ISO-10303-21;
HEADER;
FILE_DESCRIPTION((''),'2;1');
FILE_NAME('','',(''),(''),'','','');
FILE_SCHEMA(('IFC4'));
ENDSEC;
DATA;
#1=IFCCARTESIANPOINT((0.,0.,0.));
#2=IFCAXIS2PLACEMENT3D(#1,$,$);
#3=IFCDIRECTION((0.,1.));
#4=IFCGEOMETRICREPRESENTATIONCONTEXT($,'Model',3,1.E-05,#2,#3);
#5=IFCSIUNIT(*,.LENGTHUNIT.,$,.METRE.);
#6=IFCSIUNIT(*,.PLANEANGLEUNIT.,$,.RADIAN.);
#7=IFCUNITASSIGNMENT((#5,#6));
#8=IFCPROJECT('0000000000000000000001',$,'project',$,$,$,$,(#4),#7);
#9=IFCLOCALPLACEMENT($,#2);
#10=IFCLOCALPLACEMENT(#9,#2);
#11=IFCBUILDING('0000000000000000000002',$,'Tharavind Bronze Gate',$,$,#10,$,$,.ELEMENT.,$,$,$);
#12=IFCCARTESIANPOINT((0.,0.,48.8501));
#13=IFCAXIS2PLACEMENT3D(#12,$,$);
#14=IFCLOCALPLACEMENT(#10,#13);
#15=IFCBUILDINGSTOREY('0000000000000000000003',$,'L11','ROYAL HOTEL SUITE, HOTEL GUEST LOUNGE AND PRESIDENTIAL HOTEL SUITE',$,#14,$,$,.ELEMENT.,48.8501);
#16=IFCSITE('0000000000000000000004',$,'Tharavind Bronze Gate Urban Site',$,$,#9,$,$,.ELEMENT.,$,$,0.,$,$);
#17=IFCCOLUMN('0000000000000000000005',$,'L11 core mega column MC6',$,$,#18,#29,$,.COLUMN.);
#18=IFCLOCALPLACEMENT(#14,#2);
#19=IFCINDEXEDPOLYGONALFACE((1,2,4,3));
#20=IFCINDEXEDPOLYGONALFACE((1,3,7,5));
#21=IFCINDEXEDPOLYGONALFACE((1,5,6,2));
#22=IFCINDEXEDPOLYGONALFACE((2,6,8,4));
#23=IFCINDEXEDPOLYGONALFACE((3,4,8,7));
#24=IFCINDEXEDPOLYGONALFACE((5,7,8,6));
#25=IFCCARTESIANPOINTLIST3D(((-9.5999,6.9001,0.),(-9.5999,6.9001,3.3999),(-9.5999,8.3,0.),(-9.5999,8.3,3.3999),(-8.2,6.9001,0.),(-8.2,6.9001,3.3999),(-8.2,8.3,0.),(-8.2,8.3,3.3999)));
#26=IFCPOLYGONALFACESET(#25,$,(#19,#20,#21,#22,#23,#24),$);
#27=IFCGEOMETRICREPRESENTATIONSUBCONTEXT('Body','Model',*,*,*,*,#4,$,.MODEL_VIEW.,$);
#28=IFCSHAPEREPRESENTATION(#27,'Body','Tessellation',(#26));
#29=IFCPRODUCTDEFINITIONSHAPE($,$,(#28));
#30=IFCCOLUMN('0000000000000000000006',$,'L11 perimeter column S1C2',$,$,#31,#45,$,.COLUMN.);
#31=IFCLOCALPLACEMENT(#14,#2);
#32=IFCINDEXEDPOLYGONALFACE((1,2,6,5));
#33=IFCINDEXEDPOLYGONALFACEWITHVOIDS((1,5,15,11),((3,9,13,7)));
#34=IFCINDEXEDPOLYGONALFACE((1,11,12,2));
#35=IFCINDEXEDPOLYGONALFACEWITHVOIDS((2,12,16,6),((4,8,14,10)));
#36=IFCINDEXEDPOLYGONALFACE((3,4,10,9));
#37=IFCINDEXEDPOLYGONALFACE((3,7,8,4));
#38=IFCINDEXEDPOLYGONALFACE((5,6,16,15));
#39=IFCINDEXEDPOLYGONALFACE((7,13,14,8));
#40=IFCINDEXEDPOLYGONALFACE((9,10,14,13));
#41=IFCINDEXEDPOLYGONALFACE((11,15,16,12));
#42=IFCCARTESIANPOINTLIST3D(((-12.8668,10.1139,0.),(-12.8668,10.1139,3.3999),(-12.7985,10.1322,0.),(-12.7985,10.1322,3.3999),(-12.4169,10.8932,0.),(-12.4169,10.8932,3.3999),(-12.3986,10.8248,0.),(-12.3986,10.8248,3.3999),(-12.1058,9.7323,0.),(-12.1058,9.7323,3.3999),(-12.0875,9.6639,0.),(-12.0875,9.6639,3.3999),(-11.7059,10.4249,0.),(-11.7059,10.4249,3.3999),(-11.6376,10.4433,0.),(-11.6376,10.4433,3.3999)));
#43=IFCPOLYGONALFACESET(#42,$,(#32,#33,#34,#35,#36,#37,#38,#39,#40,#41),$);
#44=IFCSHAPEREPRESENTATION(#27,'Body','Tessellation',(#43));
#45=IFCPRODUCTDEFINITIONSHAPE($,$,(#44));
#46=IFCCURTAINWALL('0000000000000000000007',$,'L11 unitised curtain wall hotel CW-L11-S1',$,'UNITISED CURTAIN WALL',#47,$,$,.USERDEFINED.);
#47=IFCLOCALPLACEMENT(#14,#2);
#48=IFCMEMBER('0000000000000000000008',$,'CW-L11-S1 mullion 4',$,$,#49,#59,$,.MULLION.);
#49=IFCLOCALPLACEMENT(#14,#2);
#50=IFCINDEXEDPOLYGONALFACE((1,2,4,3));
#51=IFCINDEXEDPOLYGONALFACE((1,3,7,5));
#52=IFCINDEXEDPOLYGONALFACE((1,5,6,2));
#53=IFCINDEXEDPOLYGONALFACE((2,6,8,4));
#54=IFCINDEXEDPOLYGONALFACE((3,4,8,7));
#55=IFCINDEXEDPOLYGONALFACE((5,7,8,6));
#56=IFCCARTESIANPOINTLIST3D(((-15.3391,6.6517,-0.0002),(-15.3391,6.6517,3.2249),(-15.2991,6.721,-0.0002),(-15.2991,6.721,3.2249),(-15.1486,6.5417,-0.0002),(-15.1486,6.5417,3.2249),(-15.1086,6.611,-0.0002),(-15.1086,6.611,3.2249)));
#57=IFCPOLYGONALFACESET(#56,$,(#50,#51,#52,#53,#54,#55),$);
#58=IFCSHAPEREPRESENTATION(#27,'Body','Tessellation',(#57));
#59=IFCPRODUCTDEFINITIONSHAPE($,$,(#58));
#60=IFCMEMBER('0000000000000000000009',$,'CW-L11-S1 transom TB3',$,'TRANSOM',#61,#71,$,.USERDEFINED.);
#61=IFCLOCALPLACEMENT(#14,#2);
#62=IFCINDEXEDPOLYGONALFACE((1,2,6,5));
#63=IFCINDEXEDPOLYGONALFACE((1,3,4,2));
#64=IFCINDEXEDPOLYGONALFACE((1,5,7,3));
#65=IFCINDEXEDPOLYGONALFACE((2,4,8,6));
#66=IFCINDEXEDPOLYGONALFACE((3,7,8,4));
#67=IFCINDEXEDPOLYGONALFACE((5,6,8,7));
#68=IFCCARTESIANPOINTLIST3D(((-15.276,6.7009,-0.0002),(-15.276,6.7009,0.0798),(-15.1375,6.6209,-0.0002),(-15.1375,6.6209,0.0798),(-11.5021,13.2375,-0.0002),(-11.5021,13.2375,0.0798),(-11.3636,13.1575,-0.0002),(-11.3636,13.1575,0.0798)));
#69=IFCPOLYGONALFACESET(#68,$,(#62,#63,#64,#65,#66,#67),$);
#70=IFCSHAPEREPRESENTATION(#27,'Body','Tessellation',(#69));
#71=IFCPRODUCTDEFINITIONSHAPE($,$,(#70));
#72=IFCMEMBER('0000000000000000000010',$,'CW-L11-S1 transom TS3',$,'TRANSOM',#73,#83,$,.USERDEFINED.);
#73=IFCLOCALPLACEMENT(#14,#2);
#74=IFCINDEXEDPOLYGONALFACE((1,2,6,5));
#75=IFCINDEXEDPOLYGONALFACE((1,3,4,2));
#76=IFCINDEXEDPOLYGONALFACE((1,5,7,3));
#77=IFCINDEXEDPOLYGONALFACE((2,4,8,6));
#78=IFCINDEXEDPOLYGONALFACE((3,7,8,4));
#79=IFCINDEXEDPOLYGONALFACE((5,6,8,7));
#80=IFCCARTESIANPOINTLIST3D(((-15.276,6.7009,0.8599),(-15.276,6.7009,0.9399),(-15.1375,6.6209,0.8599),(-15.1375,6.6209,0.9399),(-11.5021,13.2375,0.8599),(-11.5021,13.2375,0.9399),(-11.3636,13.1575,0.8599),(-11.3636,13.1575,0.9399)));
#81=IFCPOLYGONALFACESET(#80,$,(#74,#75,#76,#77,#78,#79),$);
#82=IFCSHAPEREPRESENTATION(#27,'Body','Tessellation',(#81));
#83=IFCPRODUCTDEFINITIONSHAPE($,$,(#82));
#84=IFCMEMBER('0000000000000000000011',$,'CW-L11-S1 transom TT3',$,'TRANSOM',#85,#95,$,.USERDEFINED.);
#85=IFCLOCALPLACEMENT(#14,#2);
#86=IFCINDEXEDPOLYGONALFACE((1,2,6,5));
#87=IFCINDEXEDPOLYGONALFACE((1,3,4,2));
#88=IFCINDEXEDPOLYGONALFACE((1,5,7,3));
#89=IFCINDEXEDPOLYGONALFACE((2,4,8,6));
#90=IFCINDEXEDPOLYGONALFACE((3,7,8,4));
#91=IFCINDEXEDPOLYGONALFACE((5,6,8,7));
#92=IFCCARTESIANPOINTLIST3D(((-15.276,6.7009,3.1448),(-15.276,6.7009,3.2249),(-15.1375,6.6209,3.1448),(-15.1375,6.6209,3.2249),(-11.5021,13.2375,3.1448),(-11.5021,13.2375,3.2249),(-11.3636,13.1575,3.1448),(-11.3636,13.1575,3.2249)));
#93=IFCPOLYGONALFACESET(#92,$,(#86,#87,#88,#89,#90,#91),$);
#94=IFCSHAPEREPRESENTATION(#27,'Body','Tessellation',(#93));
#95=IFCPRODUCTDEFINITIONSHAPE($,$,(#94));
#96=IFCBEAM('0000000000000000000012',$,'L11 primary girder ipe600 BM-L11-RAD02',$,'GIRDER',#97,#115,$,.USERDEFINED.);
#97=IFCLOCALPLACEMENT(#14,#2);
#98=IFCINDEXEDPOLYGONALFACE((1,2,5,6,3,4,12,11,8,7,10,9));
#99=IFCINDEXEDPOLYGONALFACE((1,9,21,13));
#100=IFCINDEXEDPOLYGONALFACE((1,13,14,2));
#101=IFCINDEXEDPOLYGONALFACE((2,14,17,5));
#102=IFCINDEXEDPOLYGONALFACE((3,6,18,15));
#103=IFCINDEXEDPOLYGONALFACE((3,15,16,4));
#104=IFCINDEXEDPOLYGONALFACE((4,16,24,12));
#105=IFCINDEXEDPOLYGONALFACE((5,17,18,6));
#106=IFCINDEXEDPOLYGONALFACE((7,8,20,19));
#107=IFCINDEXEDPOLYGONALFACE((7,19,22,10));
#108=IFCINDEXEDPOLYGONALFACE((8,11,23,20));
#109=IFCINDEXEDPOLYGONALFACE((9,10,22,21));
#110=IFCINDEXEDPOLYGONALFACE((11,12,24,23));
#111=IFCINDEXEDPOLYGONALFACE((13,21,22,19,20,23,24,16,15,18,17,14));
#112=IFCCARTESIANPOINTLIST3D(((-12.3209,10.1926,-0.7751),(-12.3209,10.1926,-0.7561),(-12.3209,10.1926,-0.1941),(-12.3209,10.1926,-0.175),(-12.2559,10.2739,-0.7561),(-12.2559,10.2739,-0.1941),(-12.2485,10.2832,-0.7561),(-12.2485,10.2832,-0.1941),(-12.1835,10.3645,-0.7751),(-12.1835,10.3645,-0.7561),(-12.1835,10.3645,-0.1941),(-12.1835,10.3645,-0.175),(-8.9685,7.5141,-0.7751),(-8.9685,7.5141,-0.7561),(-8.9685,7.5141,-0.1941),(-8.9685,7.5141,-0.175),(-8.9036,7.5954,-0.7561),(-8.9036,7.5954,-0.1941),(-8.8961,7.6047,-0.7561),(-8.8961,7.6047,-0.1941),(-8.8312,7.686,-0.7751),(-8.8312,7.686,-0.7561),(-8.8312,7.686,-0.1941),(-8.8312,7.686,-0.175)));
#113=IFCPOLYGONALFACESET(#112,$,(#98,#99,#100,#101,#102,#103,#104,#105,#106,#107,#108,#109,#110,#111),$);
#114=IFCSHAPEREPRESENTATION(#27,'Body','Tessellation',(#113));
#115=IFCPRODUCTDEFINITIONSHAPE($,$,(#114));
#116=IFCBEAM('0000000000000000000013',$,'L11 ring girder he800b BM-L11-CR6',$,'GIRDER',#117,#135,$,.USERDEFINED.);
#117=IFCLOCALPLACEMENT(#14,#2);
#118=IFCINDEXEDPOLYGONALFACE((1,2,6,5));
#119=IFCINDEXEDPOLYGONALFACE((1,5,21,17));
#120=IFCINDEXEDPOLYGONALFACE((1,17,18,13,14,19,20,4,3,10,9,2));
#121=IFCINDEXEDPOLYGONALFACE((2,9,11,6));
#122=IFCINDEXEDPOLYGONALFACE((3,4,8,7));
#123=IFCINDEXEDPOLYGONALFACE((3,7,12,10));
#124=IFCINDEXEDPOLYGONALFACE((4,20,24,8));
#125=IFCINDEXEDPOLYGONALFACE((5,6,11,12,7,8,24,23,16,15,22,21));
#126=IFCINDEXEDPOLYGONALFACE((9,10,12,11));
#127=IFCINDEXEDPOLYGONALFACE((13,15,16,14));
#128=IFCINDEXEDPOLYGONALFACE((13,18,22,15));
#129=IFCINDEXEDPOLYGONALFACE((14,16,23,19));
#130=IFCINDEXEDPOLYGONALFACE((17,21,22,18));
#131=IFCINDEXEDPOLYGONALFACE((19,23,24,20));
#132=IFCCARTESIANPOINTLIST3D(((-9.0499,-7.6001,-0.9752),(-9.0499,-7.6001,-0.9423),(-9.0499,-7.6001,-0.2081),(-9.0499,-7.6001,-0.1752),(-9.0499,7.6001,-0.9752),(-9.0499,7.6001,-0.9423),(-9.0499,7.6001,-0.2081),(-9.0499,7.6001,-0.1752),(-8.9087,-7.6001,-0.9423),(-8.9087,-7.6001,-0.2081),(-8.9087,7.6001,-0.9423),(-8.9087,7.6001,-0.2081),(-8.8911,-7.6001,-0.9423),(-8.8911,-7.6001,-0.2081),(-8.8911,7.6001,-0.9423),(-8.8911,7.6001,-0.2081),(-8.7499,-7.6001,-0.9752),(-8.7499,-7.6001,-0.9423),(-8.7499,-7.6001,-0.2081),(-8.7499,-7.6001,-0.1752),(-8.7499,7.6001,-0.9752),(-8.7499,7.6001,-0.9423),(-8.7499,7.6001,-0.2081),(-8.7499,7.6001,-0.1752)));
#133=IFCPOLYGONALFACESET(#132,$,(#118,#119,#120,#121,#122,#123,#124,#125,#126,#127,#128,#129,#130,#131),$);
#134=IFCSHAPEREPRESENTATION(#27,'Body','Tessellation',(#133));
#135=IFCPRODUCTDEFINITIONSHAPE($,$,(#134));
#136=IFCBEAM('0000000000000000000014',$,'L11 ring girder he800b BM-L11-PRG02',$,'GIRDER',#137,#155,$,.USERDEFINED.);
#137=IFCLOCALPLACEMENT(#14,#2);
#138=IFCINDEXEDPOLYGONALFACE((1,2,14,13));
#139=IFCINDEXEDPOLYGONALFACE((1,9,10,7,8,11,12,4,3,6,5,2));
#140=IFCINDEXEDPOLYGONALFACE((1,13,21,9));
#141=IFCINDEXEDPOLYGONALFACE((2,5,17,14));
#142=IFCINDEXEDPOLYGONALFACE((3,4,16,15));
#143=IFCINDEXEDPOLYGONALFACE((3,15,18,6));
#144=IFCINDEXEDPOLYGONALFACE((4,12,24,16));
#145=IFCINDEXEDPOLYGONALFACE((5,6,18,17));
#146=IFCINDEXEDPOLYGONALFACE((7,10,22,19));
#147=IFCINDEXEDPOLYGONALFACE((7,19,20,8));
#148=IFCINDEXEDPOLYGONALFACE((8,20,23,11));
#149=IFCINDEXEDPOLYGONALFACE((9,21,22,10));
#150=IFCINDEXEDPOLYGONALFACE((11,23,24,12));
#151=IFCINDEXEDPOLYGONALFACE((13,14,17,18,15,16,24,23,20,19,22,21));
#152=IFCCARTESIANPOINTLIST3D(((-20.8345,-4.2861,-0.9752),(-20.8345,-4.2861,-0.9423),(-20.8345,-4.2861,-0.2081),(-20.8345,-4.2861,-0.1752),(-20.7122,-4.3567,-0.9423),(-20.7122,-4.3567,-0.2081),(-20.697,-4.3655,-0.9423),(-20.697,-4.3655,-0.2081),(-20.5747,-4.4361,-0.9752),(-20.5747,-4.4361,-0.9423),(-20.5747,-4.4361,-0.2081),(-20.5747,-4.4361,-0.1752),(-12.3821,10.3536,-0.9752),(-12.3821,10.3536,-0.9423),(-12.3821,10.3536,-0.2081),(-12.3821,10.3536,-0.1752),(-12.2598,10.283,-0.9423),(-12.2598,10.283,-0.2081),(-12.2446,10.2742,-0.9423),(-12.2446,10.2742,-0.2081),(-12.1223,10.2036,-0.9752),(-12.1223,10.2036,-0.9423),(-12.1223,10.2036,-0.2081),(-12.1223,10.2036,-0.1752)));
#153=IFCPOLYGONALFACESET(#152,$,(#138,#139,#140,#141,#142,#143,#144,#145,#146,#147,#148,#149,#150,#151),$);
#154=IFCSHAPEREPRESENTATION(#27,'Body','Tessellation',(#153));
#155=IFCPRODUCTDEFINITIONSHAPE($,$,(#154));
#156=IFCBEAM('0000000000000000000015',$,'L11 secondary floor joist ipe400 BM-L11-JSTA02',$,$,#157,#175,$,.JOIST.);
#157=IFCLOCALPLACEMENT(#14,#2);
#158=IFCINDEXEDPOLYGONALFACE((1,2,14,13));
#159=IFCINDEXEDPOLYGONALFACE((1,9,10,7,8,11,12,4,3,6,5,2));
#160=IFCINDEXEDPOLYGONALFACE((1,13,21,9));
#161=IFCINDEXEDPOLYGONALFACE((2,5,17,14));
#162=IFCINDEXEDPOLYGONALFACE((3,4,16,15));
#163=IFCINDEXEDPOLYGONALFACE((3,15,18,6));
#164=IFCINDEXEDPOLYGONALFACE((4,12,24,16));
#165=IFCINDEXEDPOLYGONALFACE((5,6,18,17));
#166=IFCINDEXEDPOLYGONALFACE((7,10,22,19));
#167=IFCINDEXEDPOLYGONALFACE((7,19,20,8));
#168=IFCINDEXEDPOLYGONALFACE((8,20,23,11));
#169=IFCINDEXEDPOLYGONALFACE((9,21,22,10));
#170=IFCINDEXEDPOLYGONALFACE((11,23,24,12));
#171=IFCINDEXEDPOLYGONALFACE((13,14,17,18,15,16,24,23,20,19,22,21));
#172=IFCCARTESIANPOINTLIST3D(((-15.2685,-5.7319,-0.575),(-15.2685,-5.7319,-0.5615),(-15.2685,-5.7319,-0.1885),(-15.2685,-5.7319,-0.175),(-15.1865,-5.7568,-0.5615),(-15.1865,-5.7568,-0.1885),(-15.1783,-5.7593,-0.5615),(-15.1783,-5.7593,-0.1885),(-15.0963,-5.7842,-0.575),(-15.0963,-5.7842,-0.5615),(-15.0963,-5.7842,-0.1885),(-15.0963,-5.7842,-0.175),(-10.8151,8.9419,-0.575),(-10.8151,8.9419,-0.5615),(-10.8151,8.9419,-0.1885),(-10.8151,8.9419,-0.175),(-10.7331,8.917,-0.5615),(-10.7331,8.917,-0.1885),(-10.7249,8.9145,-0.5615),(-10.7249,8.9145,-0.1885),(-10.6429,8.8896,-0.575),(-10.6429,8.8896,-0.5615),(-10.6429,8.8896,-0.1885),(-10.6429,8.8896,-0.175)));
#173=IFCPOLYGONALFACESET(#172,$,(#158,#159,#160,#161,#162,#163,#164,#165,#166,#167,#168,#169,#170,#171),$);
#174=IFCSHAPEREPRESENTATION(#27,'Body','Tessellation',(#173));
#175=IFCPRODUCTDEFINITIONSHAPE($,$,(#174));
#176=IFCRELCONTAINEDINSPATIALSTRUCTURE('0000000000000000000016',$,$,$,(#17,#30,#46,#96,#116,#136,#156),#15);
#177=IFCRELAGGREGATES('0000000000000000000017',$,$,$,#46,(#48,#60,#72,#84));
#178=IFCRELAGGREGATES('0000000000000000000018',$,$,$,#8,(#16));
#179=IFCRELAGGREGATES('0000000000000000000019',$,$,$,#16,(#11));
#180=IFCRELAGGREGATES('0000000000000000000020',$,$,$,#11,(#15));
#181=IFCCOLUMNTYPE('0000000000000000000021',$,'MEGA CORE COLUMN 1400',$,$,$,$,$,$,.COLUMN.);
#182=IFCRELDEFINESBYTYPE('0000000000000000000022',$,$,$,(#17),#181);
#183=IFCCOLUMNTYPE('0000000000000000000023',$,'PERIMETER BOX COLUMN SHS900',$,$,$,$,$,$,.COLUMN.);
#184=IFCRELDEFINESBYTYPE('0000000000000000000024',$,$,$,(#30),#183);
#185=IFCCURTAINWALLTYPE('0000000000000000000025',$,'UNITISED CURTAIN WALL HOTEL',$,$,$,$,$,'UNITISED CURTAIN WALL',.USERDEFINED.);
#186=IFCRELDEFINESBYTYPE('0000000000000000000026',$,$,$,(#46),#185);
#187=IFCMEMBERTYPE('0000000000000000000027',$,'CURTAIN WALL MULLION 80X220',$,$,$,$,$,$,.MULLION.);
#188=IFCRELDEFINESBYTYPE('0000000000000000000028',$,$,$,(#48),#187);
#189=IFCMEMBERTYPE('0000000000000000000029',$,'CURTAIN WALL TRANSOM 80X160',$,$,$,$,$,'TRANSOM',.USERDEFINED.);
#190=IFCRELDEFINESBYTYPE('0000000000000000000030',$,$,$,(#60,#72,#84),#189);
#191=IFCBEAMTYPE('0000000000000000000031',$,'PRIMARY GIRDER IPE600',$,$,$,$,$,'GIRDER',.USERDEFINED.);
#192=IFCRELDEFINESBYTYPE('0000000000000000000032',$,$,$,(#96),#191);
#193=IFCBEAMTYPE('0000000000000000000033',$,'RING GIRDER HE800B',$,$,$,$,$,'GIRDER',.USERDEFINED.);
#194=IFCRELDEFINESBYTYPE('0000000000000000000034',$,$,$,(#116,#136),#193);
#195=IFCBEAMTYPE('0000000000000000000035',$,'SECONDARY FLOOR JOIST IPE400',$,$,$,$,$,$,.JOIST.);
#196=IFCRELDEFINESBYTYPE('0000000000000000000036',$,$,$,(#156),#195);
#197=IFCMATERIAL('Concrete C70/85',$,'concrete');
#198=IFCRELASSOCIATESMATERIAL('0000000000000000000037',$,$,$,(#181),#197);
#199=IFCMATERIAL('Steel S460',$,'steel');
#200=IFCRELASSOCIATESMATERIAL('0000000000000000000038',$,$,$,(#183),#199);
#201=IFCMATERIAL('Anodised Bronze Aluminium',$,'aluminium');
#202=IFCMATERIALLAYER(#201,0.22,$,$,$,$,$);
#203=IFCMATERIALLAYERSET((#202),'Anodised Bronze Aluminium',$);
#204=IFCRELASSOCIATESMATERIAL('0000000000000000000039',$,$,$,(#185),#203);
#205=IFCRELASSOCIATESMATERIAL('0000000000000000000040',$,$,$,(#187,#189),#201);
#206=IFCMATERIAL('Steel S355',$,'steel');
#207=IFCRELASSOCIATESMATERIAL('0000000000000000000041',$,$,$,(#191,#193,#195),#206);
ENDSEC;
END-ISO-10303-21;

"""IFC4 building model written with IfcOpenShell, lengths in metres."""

from ifc_helpers import new_model, si_unit, direction, frame, origin, origin_2d, place, context, subcontext, project, spatial, rectangle, hollow_rectangle, i_section, extrude, material, layer, layer_set, material_profile, profile_set, type_object, element, aggregate, save


model = new_model("IFC4")

# Units and contexts
model_context = context("Model", 3, precision=1e-05, world=origin(), true_north=direction((0.0, 1.0)))
body_context = subcontext(model_context, "Body", "Model", "MODEL_VIEW")
ifc_project = project(units=[si_unit("LENGTHUNIT", "METRE"), si_unit("PLANEANGLEUNIT", "RADIAN")], contexts=[model_context])

# Site, building, storey
site_placement = place(None, origin())
site = spatial("IfcSite", under=ifc_project, at=site_placement, Name="Tharavind Bronze Gate Urban Site", CompositionType="ELEMENT", RefElevation=0.0)
building_placement = place(site_placement, origin())
building = spatial("IfcBuilding", under=site, at=building_placement, Name="Tharavind Bronze Gate", CompositionType="ELEMENT")
storey_placement = place(building_placement, frame((0.0, 0.0, 48.8501)))
storey = spatial("IfcBuildingStorey", under=building, at=storey_placement, Name="L11", Description="ROYAL HOTEL SUITE, HOTEL GUEST LOUNGE AND PRESIDENTIAL HOTEL SUITE", CompositionType="ELEMENT", Elevation=48.8501)

# Columns
ifc_material_1 = material(Name="Concrete C70/85", Category="concrete")
ifc_material_profile_1 = material_profile(ifc_material_1, rectangle(XDim=1.3999, YDim=1.3999, at=origin_2d()), Name="RCCOL1400")
ifc_profile_set_1 = profile_set([ifc_material_profile_1], Name="Concrete C70/85")
column_type_1 = type_object("IfcColumnType", Name="MEGA CORE COLUMN 1400", PredefinedType="COLUMN", material=ifc_profile_set_1)
column_1_placement = place(storey_placement, frame((-8.8999, 7.6001, 0.0), z_axis=(0.0, 0.0, 1.0), x_axis=(1.0, 0.0, 0.0)))
element("IfcColumn", 1, at=column_1_placement, inside=storey, type_object=column_type_1, Name="L11 core mega column MC6", PredefinedType="COLUMN", context=body_context, shape_type="SweptSolid", body=[
    extrude(rectangle(XDim=1.3999, YDim=1.3999, at=origin_2d()), origin(), (0.0, 0.0, 1.0), 3.3999),
])
ifc_material_2 = material(Name="Steel S460", Category="steel")
ifc_material_profile_2 = material_profile(ifc_material_2, hollow_rectangle(XDim=0.8999, YDim=0.8999, WallThickness=0.05, at=origin_2d()), Name="SHS900X50")
ifc_profile_set_2 = profile_set([ifc_material_profile_2], Name="Steel S460")
column_type_2 = type_object("IfcColumnType", Name="PERIMETER BOX COLUMN SHS900", PredefinedType="COLUMN", material=ifc_profile_set_2)
column_2_placement = place(storey_placement, frame((-12.2522, 10.2786, 0.0), z_axis=(0.0, 0.0, 1.0), x_axis=(0.500002, 0.866025, 0.0)))
element("IfcColumn", 2, at=column_2_placement, inside=storey, type_object=column_type_2, Name="L11 perimeter column S1C2", PredefinedType="COLUMN", context=body_context, shape_type="SweptSolid", body=[
    extrude(hollow_rectangle(XDim=0.8999, YDim=0.8999, WallThickness=0.05, at=origin_2d()), origin(), (0.0, 0.0, 1.0), 3.3999),
])

# Curtain wall, members
ifc_material_3 = material(Name="Anodised Bronze Aluminium", Category="aluminium")
ifc_layer_1 = layer(ifc_material_3, 0.22)
ifc_layer_set_1 = layer_set([ifc_layer_1], Name="Anodised Bronze Aluminium")
curtain_wall_type = type_object("IfcCurtainWallType", Name="UNITISED CURTAIN WALL HOTEL", ElementType="UNITISED CURTAIN WALL", PredefinedType="USERDEFINED", material=ifc_layer_set_1)
curtain_wall_placement = place(storey_placement, origin())
curtain_wall = element("IfcCurtainWall", 3, at=curtain_wall_placement, inside=storey, type_object=curtain_wall_type, Name="L11 unitised curtain wall hotel CW-L11-S1", ObjectType="UNITISED CURTAIN WALL", PredefinedType="USERDEFINED")
member_type_1 = type_object("IfcMemberType", Name="CURTAIN WALL MULLION 80X220", PredefinedType="MULLION", material=ifc_material_3)
member_1_placement = place(storey_placement, frame((-15.2239, 6.6313, -0.0002), z_axis=(0.0, 0.0, 1.0), x_axis=(-0.500002, -0.866025, 0.0)))
member_1 = element("IfcMember", 4, at=member_1_placement, type_object=member_type_1, Name="CW-L11-S1 mullion 4", PredefinedType="MULLION", context=body_context, shape_type="SweptSolid", body=[
    extrude(rectangle(XDim=0.0801, YDim=0.22, at=origin_2d()), origin(), (0.0, 0.0, 1.0), 3.2251),
])
member_type_2 = type_object("IfcMemberType", Name="CURTAIN WALL TRANSOM 80X160", ElementType="TRANSOM", PredefinedType="USERDEFINED", material=ifc_material_3)
member_2_placement = place(storey_placement, frame((-13.3198, 9.9292, -0.0002), z_axis=(0.0, 0.0, 1.0), x_axis=(-0.500002, -0.866025, 0.0)))
member_2 = element("IfcMember", 5, at=member_2_placement, type_object=member_type_2, Name="CW-L11-S1 transom TB3", ObjectType="TRANSOM", PredefinedType="USERDEFINED", context=body_context, shape_type="SweptSolid", body=[
    extrude(rectangle(XDim=7.5479, YDim=0.1599, at=origin_2d()), origin(), (0.0, 0.0, 1.0), 0.0801),
])
member_3_placement = place(storey_placement, frame((-13.3198, 9.9292, 0.8599), z_axis=(0.0, 0.0, 1.0), x_axis=(-0.500002, -0.866025, 0.0)))
member_3 = element("IfcMember", 6, at=member_3_placement, type_object=member_type_2, Name="CW-L11-S1 transom TS3", ObjectType="TRANSOM", PredefinedType="USERDEFINED", context=body_context, shape_type="SweptSolid", body=[
    extrude(rectangle(XDim=7.5479, YDim=0.1599, at=origin_2d()), origin(), (0.0, 0.0, 1.0), 0.0801),
])
member_4_placement = place(storey_placement, frame((-13.3198, 9.9292, 3.1448), z_axis=(0.0, 0.0, 1.0), x_axis=(-0.500002, -0.866025, 0.0)))
member_4 = element("IfcMember", 7, at=member_4_placement, type_object=member_type_2, Name="CW-L11-S1 transom TT3", ObjectType="TRANSOM", PredefinedType="USERDEFINED", context=body_context, shape_type="SweptSolid", body=[
    extrude(rectangle(XDim=7.5479, YDim=0.1599, at=origin_2d()), origin(), (0.0, 0.0, 1.0), 0.0801),
])

# Beams
ifc_material_4 = material(Name="Steel S355", Category="steel")
ifc_material_profile_3 = material_profile(ifc_material_4, i_section(OverallWidth=0.22, OverallDepth=0.6001, WebThickness=0.012, FlangeThickness=0.019, at=origin_2d()), Name="IPE600")
ifc_profile_set_3 = profile_set([ifc_material_profile_3], Name="Steel S355")
beam_type_1 = type_object("IfcBeamType", Name="PRIMARY GIRDER IPE600", ElementType="GIRDER", PredefinedType="USERDEFINED", material=ifc_profile_set_3)
beam_1_placement = place(storey_placement, frame((-12.2522, 10.2786, -0.4751), z_axis=(0.781252, -0.624216, 0.0), x_axis=(0.624216, 0.781252, 0.0)))
element("IfcBeam", 8, at=beam_1_placement, inside=storey, type_object=beam_type_1, Name="L11 primary girder ipe600 BM-L11-RAD02", ObjectType="GIRDER", PredefinedType="USERDEFINED", context=body_context, shape_type="SweptSolid", body=[
    extrude(i_section(OverallWidth=0.22, OverallDepth=0.6001, WebThickness=0.012, FlangeThickness=0.019, at=origin_2d()), origin(), (0.0, 0.0, 1.0), 4.291),
])
ifc_material_profile_4 = material_profile(ifc_material_4, i_section(OverallWidth=0.3, OverallDepth=0.8, WebThickness=0.0176, FlangeThickness=0.033, at=origin_2d()), Name="HE800B")
ifc_profile_set_4 = profile_set([ifc_material_profile_4], Name="Steel S355")
beam_type_2 = type_object("IfcBeamType", Name="RING GIRDER HE800B", ElementType="GIRDER", PredefinedType="USERDEFINED", material=ifc_profile_set_4)
beam_2_placement = place(storey_placement, frame((-8.8999, 7.6001, -0.5752), z_axis=(0.0, -1.0, 0.0), x_axis=(1.0, 0.0, 0.0)))
element("IfcBeam", 9, at=beam_2_placement, inside=storey, type_object=beam_type_2, Name="L11 ring girder he800b BM-L11-CR6", ObjectType="GIRDER", PredefinedType="USERDEFINED", context=body_context, shape_type="SweptSolid", body=[
    extrude(i_section(OverallWidth=0.3, OverallDepth=0.8, WebThickness=0.0176, FlangeThickness=0.033, at=origin_2d()), origin(), (0.0, 0.0, 1.0), 15.2002),
])
beam_3_placement = place(storey_placement, frame((-12.2522, 10.2786, -0.5752), z_axis=(-0.500008, -0.866021, 0.0), x_axis=(0.866021, -0.500008, 0.0)))
element("IfcBeam", 10, at=beam_3_placement, inside=storey, type_object=beam_type_2, Name="L11 ring girder he800b BM-L11-PRG02", ObjectType="GIRDER", PredefinedType="USERDEFINED", context=body_context, shape_type="SweptSolid", body=[
    extrude(i_section(OverallWidth=0.3, OverallDepth=0.8, WebThickness=0.0176, FlangeThickness=0.033, at=origin_2d()), origin(), (0.0, 0.0, 1.0), 16.9045),
])
ifc_material_profile_5 = material_profile(ifc_material_4, i_section(OverallWidth=0.1799, OverallDepth=0.3999, WebThickness=0.0085, FlangeThickness=0.0134, at=origin_2d()), Name="IPE400")
ifc_profile_set_5 = profile_set([ifc_material_profile_5], Name="Steel S355")
beam_type_3 = type_object("IfcBeamType", Name="SECONDARY FLOOR JOIST IPE400", PredefinedType="JOIST", material=ifc_profile_set_5)
beam_4_placement = place(storey_placement, frame((-10.729, 8.9158, -0.375), z_axis=(-0.290411, -0.956902, 0.0), x_axis=(0.956902, -0.290411, 0.0)))
element("IfcBeam", 11, at=beam_4_placement, inside=storey, type_object=beam_type_3, Name="L11 secondary floor joist ipe400 BM-L11-JSTA02", PredefinedType="JOIST", context=body_context, shape_type="SweptSolid", body=[
    extrude(i_section(OverallWidth=0.1799, OverallDepth=0.3999, WebThickness=0.0085, FlangeThickness=0.0134, at=origin_2d()), origin(), (0.0, 0.0, 1.0), 15.3347),
])

aggregate(curtain_wall, [member_1, member_2, member_3, member_4])

save(model, "model.ifc")
